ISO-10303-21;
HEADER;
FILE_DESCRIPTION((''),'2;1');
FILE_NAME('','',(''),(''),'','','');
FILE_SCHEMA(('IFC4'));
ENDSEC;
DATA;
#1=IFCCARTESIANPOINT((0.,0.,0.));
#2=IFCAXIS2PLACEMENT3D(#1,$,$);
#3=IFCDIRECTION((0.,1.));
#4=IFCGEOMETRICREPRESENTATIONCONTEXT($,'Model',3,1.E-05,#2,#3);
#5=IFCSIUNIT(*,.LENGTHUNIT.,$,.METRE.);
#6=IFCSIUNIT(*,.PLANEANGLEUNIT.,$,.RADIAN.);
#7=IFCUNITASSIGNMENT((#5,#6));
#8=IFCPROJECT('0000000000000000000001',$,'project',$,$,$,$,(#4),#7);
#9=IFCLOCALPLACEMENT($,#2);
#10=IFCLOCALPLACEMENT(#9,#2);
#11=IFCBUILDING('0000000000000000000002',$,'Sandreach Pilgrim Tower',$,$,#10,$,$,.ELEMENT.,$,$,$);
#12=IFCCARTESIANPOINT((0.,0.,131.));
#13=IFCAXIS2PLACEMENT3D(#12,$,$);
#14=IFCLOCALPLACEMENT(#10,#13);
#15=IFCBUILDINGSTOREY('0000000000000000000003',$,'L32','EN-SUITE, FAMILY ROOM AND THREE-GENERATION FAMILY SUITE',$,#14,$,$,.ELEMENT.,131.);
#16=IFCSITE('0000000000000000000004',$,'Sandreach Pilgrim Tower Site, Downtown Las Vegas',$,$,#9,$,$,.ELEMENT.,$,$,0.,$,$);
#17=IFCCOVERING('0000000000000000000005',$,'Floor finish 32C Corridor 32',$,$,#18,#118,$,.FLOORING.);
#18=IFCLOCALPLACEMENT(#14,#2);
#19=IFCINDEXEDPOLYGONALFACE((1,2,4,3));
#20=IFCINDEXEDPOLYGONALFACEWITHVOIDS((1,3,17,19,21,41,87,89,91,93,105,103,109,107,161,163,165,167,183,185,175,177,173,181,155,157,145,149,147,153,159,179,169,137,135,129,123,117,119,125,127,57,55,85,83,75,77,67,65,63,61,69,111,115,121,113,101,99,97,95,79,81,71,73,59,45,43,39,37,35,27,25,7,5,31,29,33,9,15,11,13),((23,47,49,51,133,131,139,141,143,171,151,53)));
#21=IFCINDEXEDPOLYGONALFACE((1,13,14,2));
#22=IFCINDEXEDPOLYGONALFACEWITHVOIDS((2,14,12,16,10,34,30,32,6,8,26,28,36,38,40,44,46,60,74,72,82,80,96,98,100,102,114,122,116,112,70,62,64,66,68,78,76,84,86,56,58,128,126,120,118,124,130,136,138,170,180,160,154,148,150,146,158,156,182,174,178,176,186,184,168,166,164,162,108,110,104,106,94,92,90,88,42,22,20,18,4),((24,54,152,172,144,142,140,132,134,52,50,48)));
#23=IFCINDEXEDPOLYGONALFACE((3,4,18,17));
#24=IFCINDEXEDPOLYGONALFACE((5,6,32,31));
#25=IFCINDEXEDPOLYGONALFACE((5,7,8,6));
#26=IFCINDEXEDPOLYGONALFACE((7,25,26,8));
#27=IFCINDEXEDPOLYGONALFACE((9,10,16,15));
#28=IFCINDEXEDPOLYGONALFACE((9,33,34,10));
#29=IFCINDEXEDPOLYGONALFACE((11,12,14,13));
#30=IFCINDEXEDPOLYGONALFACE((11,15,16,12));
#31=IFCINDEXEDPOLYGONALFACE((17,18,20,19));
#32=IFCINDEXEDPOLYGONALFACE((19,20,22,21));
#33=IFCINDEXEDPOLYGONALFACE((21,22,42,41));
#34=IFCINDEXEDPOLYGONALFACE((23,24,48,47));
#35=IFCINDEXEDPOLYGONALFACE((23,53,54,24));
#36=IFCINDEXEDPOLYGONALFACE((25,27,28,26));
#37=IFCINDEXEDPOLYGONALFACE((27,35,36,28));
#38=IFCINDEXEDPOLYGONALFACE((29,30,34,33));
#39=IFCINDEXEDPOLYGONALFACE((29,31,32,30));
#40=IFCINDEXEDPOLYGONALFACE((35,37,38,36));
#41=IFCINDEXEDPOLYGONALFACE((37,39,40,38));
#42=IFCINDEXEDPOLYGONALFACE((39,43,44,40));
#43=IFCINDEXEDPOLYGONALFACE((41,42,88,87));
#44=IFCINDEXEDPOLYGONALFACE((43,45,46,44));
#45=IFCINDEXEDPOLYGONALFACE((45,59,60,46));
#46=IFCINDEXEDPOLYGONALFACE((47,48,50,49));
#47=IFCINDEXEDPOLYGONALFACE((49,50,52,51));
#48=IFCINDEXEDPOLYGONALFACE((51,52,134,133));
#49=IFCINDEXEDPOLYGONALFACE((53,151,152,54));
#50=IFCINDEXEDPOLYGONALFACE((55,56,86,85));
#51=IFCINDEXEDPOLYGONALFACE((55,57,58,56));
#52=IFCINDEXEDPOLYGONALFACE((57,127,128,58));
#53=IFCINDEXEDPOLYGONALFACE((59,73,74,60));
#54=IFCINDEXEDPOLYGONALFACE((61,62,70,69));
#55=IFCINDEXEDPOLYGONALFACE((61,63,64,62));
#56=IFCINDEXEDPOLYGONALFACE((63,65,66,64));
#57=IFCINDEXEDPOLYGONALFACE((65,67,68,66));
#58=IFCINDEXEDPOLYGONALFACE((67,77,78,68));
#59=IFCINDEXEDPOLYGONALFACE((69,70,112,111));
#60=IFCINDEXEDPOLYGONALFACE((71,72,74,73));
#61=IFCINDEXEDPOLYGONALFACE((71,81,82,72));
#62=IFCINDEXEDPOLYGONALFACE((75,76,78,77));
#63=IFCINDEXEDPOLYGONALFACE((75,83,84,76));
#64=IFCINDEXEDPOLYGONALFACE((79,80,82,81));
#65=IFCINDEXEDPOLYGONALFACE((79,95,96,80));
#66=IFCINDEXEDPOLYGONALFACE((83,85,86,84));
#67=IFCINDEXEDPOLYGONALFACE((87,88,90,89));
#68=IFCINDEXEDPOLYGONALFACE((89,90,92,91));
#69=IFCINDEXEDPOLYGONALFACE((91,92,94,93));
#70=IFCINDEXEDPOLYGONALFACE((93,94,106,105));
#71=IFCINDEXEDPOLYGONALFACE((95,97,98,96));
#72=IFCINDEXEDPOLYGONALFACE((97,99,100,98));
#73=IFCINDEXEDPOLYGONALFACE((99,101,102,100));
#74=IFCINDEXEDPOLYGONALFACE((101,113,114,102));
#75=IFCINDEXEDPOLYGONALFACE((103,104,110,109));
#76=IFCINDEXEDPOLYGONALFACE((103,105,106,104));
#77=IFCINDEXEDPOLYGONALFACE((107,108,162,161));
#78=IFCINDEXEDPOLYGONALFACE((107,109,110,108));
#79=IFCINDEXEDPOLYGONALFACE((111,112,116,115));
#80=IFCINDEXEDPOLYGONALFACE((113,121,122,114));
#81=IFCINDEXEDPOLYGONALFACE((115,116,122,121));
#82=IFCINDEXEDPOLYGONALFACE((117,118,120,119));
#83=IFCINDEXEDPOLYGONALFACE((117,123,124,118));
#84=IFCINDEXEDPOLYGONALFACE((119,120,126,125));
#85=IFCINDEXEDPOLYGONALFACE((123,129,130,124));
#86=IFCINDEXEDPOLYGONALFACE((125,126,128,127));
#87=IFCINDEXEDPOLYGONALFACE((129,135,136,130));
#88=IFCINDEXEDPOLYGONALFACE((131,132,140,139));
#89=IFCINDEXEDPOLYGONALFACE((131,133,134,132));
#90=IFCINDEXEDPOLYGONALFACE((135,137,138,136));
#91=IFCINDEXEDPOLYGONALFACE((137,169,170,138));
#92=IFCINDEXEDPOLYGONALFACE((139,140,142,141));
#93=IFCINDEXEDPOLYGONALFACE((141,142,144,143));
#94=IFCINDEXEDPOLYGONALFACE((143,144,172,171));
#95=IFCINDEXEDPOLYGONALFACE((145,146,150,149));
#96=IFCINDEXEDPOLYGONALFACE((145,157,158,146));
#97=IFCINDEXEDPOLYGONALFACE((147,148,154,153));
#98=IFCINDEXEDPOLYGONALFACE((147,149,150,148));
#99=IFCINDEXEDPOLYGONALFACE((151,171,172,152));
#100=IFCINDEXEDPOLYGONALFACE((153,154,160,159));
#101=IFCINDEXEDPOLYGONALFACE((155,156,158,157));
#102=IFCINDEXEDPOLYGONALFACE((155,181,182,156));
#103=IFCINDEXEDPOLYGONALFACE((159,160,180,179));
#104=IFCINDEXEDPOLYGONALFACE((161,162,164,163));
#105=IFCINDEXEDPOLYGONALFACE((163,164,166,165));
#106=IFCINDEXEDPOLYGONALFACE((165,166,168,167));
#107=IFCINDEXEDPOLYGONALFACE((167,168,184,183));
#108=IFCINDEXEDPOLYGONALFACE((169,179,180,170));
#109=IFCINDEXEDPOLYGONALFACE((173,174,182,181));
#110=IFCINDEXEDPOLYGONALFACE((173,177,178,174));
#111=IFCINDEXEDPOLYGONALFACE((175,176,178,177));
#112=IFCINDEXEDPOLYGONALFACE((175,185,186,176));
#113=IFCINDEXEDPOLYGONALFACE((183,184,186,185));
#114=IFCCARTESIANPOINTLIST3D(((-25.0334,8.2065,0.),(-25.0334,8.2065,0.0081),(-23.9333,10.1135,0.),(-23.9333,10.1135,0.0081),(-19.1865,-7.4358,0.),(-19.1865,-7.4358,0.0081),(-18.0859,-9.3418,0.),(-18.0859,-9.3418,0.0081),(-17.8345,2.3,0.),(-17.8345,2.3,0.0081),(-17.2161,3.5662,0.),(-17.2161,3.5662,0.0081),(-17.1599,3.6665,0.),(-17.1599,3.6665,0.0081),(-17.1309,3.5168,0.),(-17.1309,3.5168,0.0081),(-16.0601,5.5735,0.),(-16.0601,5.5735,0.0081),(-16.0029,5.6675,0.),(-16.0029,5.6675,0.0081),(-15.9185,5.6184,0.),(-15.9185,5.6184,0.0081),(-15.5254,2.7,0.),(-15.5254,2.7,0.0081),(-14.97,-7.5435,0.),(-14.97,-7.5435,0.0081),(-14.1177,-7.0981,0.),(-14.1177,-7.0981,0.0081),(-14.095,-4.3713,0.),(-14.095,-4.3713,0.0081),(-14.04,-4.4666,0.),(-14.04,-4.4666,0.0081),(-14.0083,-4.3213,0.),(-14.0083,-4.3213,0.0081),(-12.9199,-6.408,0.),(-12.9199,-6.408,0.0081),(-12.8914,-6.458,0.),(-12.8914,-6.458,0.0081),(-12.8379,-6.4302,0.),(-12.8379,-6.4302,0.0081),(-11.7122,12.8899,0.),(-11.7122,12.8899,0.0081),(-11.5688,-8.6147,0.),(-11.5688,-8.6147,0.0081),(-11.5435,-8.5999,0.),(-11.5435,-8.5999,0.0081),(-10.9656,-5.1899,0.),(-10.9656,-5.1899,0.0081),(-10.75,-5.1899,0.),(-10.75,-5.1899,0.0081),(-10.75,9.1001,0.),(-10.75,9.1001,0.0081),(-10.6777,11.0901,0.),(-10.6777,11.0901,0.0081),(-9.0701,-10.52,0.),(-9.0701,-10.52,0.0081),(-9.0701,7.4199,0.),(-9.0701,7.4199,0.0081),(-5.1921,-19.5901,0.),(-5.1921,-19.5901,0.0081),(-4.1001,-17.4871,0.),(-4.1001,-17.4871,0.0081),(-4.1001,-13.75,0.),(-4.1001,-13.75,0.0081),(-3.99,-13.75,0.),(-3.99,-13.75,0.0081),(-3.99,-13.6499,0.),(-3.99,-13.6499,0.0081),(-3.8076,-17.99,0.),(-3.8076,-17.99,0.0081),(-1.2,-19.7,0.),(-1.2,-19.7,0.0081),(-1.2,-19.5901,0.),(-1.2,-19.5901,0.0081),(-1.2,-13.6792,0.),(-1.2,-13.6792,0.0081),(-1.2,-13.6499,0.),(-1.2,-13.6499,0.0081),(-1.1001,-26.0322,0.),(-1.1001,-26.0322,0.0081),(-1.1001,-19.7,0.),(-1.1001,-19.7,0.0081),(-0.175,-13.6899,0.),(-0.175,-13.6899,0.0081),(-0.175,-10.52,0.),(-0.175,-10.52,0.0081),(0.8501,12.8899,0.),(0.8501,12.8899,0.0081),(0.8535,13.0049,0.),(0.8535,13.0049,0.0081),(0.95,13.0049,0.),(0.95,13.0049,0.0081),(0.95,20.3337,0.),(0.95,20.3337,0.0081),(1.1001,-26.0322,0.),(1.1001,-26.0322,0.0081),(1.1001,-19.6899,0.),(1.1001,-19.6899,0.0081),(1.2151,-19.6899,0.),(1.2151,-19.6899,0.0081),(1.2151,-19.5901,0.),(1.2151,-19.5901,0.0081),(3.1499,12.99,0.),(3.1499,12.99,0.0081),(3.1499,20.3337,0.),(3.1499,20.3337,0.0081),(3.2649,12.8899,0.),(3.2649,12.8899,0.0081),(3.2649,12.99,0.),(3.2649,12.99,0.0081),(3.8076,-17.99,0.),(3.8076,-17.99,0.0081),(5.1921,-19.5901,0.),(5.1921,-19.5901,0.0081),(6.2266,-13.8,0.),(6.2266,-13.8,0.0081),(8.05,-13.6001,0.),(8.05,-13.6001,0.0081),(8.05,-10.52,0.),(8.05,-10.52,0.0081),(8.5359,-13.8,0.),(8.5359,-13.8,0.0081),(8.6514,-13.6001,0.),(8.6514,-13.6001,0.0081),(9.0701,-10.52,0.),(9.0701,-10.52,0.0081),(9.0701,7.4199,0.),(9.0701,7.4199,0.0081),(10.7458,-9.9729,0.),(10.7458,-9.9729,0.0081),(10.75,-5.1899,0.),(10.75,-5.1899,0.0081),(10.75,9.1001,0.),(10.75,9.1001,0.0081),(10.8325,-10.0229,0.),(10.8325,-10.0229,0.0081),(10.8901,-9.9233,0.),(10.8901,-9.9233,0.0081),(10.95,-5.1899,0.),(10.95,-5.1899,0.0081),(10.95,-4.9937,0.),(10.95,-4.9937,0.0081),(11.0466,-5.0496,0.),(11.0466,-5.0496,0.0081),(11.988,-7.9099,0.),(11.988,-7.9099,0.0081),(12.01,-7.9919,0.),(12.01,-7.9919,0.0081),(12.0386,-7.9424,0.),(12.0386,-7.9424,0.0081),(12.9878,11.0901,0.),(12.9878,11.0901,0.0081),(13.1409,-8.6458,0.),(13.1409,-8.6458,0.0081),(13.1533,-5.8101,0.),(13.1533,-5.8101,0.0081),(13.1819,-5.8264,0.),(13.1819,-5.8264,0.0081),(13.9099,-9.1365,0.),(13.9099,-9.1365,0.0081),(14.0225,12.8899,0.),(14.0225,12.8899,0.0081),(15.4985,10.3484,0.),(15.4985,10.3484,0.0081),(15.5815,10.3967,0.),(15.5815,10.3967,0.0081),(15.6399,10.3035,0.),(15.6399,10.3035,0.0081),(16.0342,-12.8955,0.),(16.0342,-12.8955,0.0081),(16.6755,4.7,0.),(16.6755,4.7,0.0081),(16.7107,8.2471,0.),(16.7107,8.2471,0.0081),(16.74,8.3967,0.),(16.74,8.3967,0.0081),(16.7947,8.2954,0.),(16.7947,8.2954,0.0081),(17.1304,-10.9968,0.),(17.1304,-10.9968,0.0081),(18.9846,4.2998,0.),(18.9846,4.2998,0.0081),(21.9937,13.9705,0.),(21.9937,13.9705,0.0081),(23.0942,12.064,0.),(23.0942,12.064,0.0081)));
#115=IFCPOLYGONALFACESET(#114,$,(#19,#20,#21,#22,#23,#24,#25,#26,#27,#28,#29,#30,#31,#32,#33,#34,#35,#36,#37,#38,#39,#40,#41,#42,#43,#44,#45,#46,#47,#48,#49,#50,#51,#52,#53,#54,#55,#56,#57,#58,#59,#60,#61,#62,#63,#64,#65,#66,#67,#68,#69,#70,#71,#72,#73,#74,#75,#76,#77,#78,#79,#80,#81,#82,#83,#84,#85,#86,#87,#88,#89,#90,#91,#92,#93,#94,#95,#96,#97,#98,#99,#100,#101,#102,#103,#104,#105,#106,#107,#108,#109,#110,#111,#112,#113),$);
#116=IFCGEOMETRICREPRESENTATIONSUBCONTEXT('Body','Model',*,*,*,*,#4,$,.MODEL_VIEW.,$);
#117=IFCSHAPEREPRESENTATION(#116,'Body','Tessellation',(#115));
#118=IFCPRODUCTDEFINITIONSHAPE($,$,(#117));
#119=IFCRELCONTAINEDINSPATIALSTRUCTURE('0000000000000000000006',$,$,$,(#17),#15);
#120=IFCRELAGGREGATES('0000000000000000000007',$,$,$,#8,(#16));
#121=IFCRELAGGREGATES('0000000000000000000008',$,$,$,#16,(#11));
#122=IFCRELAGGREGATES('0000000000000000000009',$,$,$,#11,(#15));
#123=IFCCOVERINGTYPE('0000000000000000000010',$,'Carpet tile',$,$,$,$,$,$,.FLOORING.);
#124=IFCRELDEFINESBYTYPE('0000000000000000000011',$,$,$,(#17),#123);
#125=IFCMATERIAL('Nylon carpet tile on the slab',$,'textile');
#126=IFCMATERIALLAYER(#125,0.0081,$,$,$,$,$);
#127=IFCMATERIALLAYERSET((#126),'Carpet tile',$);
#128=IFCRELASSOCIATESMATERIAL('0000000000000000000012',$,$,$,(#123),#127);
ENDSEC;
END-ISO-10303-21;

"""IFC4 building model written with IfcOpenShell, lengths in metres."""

from ifc_helpers import new_model, si_unit, direction, frame, origin, place, context, subcontext, project, spatial, polyline, outline, extrude, material, layer, layer_set, type_object, element, save


model = new_model("IFC4")

# Units and contexts
model_context = context("Model", 3, precision=1e-05, world=origin(), true_north=direction((0.0, 1.0)))
body_context = subcontext(model_context, "Body", "Model", "MODEL_VIEW")
ifc_project = project(units=[si_unit("LENGTHUNIT", "METRE"), si_unit("PLANEANGLEUNIT", "RADIAN")], contexts=[model_context])

# Site, building, storey
site_placement = place(None, origin())
site = spatial("IfcSite", under=ifc_project, at=site_placement, Name="Sandreach Pilgrim Tower Site, Downtown Las Vegas", CompositionType="ELEMENT", RefElevation=0.0)
building_placement = place(site_placement, origin())
building = spatial("IfcBuilding", under=site, at=building_placement, Name="Sandreach Pilgrim Tower", CompositionType="ELEMENT")
storey_placement = place(building_placement, frame((0.0, 0.0, 131.0)))
storey = spatial("IfcBuildingStorey", under=building, at=storey_placement, Name="L32", Description="EN-SUITE, FAMILY ROOM AND THREE-GENERATION FAMILY SUITE", CompositionType="ELEMENT", Elevation=131.0)

# Covering
ifc_material_1 = material(Name="Nylon carpet tile on the slab", Category="textile")
ifc_layer_1 = layer(ifc_material_1, 0.0081)
ifc_layer_set_1 = layer_set([ifc_layer_1], Name="Carpet tile")
covering_type_1 = type_object("IfcCoveringType", Name="Carpet tile", PredefinedType="FLOORING", material=ifc_layer_set_1)
covering_1_placement = place(storey_placement, origin())
element("IfcCovering", 1, at=covering_1_placement, inside=storey, type_object=covering_type_1, Name="Floor finish 32C Corridor 32", PredefinedType="FLOORING", context=body_context, shape_type="SweptSolid", body=[
    extrude(outline(polyline([(-18.0859, -9.3418), (-19.1865, -7.4358), (-14.04, -4.4666), (-14.095, -4.3713), (-14.0083, -4.3213), (-17.8345, 2.3), (-17.1309, 3.5168), (-17.2161, 3.5662), (-17.1599, 3.6665), (-25.0334, 8.2065), (-23.9333, 10.1135), (-16.0601, 5.5735), (-16.0029, 5.6675), (-15.9185, 5.6184), (-11.7122, 12.8899), (0.8501, 12.8899), (0.8535, 13.0049), (0.95, 13.0049), (0.95, 20.3337), (3.1499, 20.3337), (3.1499, 12.99), (3.2649, 12.99), (3.2649, 12.8899), (14.0225, 12.8899), (15.4985, 10.3484), (15.5815, 10.3967), (15.6399, 10.3035), (21.9937, 13.9705), (23.0942, 12.064), (16.74, 8.3967), (16.7947, 8.2954), (16.7107, 8.2471), (18.9846, 4.2998), (13.1533, -5.8101), (13.1819, -5.8264), (11.988, -7.9099), (12.0386, -7.9424), (12.01, -7.9919), (13.1409, -8.6458), (13.9099, -9.1365), (17.1304, -10.9968), (16.0342, -12.8955), (10.8901, -9.9233), (10.8325, -10.0229), (10.7458, -9.9729), (8.6514, -13.6001), (8.05, -13.6001), (8.05, -10.52), (9.0701, -10.52), (9.0701, 7.4199), (-9.0701, 7.4199), (-9.0701, -10.52), (-0.175, -10.52), (-0.175, -13.6899), (-1.2, -13.6792), (-1.2, -13.6499), (-3.99, -13.6499), (-3.99, -13.75), (-4.1001, -13.75), (-4.1001, -17.4871), (-3.8076, -17.99), (3.8076, -17.99), (6.2266, -13.8), (8.5359, -13.8), (5.1921, -19.5901), (1.2151, -19.5901), (1.2151, -19.6899), (1.1001, -19.6899), (1.1001, -26.0322), (-1.1001, -26.0322), (-1.1001, -19.7), (-1.2, -19.7), (-1.2, -19.5901), (-5.1921, -19.5901), (-11.5435, -8.5999), (-11.5688, -8.6147), (-12.8379, -6.4302), (-12.8914, -6.458), (-12.9199, -6.408), (-14.1177, -7.0981), (-14.97, -7.5435), (-18.0859, -9.3418)]), holes=[polyline([(-15.5254, 2.7), (-10.9656, -5.1899), (-10.75, -5.1899), (-10.75, 9.1001), (10.75, 9.1001), (10.75, -5.1899), (10.95, -5.1899), (10.95, -4.9937), (11.0466, -5.0496), (16.6755, 4.7), (12.9878, 11.0901), (-10.6777, 11.0901), (-15.5254, 2.7)])]), origin(), (0.0, 0.0, 1.0), 0.0081),
])

save(model, "model.ifc")
